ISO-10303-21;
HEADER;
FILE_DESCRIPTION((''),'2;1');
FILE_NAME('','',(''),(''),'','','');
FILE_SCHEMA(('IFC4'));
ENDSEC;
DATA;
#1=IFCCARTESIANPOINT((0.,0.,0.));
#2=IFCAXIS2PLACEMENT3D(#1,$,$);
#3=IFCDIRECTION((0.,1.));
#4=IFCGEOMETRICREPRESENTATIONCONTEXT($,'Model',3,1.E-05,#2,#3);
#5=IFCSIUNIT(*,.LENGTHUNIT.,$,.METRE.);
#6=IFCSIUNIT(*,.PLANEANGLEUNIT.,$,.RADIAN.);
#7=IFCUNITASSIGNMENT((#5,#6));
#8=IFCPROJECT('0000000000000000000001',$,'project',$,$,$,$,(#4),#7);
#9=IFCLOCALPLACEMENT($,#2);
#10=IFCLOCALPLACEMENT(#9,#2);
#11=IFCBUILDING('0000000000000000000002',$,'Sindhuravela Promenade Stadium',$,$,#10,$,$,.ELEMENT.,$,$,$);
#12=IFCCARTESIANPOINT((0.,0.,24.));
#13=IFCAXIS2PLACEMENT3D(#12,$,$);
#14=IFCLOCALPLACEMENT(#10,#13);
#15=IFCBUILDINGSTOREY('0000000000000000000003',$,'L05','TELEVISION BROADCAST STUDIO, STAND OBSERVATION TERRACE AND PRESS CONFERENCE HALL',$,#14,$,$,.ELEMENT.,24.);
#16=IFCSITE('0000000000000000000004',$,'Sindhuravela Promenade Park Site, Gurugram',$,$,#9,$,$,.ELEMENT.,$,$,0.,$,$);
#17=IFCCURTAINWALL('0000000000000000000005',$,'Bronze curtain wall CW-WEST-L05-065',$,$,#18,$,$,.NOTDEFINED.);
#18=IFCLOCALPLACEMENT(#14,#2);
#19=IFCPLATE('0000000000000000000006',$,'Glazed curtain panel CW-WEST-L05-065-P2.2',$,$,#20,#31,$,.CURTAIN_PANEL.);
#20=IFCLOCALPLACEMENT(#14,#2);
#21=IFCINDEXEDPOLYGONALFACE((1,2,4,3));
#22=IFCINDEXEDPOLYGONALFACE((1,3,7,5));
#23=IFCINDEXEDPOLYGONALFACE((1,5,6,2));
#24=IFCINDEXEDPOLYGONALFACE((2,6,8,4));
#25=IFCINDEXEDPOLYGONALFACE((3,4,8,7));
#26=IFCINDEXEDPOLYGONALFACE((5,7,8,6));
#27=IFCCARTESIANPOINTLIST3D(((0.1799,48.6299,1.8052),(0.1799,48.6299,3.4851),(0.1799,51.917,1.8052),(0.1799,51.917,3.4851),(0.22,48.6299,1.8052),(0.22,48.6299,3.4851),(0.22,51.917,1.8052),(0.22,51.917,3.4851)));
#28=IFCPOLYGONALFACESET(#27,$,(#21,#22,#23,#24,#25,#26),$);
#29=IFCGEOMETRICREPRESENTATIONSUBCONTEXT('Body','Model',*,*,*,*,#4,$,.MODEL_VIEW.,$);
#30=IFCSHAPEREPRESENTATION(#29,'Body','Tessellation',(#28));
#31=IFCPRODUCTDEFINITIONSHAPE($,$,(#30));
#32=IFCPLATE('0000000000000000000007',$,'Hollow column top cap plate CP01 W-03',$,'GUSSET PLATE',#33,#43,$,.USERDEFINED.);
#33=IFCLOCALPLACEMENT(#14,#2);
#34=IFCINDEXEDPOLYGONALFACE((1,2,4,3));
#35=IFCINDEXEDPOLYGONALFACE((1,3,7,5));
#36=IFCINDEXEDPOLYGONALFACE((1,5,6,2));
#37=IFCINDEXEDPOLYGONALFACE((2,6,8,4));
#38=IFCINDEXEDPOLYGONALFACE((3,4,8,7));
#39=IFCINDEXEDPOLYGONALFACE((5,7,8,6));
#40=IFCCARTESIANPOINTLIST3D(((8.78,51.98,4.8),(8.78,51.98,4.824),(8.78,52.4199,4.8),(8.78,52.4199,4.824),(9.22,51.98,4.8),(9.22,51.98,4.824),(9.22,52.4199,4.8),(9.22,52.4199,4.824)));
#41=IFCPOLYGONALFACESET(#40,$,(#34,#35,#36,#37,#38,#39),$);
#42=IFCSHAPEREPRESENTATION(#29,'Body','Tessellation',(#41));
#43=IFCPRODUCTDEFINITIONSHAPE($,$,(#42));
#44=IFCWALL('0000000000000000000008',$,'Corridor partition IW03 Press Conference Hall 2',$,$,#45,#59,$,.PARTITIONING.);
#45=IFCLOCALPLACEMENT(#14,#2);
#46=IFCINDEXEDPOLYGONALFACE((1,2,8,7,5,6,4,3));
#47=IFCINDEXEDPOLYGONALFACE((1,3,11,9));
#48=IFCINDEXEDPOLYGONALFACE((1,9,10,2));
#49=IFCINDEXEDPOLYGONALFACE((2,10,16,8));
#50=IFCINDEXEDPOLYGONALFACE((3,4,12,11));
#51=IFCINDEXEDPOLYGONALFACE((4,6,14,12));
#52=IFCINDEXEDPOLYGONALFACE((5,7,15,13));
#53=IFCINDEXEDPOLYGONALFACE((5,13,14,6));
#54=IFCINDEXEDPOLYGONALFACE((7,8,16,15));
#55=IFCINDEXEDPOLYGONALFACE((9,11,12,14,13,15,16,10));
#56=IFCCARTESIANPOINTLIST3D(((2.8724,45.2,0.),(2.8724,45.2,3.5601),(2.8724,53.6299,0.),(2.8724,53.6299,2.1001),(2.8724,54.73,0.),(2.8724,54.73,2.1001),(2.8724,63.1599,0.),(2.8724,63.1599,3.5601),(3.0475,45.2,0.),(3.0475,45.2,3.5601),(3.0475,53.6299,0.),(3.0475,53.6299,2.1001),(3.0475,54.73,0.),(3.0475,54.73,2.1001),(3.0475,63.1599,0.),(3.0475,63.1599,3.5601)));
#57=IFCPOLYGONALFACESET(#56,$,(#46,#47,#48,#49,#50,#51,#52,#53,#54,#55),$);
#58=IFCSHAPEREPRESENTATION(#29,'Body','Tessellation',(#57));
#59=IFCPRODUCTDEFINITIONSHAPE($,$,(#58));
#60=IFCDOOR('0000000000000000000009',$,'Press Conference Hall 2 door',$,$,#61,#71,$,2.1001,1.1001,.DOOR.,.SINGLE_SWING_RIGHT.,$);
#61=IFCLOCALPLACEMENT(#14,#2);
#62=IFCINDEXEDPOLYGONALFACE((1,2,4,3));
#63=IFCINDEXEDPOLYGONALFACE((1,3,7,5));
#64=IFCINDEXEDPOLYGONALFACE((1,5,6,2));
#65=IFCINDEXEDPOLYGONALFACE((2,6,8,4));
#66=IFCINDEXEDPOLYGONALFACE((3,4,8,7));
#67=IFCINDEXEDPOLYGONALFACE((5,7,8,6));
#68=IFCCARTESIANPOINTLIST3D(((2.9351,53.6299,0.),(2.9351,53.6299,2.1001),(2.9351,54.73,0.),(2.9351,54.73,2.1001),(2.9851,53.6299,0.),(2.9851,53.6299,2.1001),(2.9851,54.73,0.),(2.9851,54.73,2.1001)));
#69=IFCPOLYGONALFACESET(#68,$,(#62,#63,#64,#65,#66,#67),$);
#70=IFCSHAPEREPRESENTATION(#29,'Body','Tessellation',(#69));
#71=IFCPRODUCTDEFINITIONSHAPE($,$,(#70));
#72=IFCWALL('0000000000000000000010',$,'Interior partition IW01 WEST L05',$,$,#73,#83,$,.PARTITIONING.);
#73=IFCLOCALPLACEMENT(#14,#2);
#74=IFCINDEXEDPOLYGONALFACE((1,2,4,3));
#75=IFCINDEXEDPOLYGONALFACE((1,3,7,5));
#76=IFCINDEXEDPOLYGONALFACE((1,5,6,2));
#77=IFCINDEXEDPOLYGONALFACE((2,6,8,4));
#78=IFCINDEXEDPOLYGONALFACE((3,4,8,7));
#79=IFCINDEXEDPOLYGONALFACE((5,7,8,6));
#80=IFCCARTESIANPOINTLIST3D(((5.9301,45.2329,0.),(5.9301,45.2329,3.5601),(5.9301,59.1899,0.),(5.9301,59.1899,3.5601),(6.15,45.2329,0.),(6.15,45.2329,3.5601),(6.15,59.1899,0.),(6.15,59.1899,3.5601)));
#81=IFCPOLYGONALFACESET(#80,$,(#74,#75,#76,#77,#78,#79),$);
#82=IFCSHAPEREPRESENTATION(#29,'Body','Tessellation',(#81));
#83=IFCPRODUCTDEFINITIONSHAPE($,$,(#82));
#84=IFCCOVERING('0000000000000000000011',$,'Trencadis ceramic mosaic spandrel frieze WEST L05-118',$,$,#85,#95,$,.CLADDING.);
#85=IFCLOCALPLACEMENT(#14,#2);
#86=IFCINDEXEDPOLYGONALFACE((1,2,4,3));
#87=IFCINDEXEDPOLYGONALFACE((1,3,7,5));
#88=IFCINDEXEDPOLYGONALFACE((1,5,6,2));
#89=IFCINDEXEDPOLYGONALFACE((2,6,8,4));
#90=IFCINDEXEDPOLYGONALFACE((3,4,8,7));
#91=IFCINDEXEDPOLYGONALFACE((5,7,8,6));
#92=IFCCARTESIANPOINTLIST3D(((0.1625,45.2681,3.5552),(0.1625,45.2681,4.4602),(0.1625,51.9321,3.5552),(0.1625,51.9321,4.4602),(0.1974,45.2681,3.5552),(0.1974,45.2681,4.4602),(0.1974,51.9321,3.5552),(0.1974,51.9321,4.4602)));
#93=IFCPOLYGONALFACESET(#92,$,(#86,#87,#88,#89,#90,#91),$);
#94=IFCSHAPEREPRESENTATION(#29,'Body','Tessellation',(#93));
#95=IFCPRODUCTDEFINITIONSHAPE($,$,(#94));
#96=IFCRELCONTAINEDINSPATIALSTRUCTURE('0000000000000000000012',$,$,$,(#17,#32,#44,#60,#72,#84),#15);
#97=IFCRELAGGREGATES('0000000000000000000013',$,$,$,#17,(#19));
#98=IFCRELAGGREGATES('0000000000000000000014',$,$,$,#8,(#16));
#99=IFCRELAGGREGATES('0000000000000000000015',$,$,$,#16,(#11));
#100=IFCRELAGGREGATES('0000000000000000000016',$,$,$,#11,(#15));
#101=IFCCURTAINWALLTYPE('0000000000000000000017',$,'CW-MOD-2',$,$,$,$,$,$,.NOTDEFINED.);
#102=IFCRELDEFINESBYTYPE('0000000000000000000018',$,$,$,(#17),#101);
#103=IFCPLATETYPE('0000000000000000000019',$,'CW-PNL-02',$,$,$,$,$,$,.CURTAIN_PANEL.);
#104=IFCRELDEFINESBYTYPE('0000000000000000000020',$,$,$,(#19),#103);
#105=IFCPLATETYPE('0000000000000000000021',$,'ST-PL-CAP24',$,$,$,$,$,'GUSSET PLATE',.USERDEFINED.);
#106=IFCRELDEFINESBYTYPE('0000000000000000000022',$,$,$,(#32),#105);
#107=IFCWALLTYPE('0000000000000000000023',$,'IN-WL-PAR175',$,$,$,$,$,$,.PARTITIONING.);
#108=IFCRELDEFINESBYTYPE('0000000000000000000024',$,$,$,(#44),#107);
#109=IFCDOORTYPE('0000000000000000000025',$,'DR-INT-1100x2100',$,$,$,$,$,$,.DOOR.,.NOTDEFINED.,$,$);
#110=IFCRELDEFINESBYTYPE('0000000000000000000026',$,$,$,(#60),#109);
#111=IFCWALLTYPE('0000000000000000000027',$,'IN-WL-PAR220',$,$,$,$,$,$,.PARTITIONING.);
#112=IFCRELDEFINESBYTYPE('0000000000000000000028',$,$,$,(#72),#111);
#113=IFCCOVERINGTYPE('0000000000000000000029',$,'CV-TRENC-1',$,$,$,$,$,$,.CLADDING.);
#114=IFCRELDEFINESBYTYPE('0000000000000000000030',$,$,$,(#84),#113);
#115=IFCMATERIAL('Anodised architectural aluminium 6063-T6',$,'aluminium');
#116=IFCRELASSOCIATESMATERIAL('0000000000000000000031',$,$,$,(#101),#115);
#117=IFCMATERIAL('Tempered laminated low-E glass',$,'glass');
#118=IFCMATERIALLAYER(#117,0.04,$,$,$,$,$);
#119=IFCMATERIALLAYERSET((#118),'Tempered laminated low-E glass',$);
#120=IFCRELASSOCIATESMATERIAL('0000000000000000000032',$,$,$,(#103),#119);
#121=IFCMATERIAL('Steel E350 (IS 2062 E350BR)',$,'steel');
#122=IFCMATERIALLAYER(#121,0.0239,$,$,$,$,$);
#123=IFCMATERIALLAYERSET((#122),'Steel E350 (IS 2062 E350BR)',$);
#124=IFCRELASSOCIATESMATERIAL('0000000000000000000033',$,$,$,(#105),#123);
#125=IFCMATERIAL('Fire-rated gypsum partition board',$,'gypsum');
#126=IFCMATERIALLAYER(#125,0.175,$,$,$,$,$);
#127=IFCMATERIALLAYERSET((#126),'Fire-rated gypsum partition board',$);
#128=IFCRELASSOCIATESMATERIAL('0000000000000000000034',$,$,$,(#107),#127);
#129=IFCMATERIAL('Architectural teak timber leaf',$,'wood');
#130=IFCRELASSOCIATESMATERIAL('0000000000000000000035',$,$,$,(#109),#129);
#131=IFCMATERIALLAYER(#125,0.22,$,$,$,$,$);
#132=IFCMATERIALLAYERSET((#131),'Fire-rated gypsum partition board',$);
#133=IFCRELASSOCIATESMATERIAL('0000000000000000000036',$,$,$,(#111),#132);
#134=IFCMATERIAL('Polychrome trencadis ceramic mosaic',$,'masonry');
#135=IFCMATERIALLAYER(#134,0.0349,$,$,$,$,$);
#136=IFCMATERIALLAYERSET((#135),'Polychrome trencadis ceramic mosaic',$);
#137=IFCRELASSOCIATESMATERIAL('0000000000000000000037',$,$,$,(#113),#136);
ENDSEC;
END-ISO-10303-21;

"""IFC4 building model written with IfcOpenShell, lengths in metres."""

from ifc_helpers import new_model, si_unit, direction, frame, frame_2d, origin, origin_2d, place, context, subcontext, project, spatial, rectangle, extrude, material, layer, layer_set, type_object, element, fill, aggregate, save


model = new_model("IFC4")

# Units and contexts
model_context = context("Model", 3, precision=1e-05, world=origin(), true_north=direction((0.0, 1.0)))
body_context = subcontext(model_context, "Body", "Model", "MODEL_VIEW")
ifc_project = project(units=[si_unit("LENGTHUNIT", "METRE"), si_unit("PLANEANGLEUNIT", "RADIAN")], contexts=[model_context])

# Site, building, storey
site_placement = place(None, origin())
site = spatial("IfcSite", under=ifc_project, at=site_placement, Name="Sindhuravela Promenade Park Site, Gurugram", CompositionType="ELEMENT", RefElevation=0.0)
building_placement = place(site_placement, origin())
building = spatial("IfcBuilding", under=site, at=building_placement, Name="Sindhuravela Promenade Stadium", CompositionType="ELEMENT")
storey_placement = place(building_placement, frame((0.0, 0.0, 24.0)))
storey = spatial("IfcBuildingStorey", under=building, at=storey_placement, Name="L05", Description="TELEVISION BROADCAST STUDIO, STAND OBSERVATION TERRACE AND PRESS CONFERENCE HALL", CompositionType="ELEMENT", Elevation=24.0)

# Shared definitions
ifc_material_1 = material(Name="Steel E350 (IS 2062 E350BR)", Category="steel")

# Shared definitions
ifc_material_2 = material(Name="Anodised architectural aluminium 6063-T6", Category="aluminium")

# Curtain wall
curtain_wall_type_1 = type_object("IfcCurtainWallType", Name="CW-MOD-2", PredefinedType="NOTDEFINED", material=ifc_material_2)
curtain_wall_1_placement = place(storey_placement, origin())
curtain_wall_1 = element("IfcCurtainWall", 1, at=curtain_wall_1_placement, inside=storey, type_object=curtain_wall_type_1, Name="Bronze curtain wall CW-WEST-L05-065", PredefinedType="NOTDEFINED")

# Plates
ifc_material_3 = material(Name="Tempered laminated low-E glass", Category="glass")
ifc_layer_1 = layer(ifc_material_3, 0.04)
ifc_layer_set_1 = layer_set([ifc_layer_1], Name="Tempered laminated low-E glass")
plate_type_1 = type_object("IfcPlateType", Name="CW-PNL-02", PredefinedType="CURTAIN_PANEL", material=ifc_layer_set_1)
plate_1_placement = place(storey_placement, frame((0.2, 50.2734, 1.8052), z_axis=(0.0, 0.0, 1.0), x_axis=(0.0, 1.0, 0.0)))
plate_1 = element("IfcPlate", 2, at=plate_1_placement, type_object=plate_type_1, Name="Glazed curtain panel CW-WEST-L05-065-P2.2", PredefinedType="CURTAIN_PANEL", context=body_context, shape_type="SweptSolid", body=[
    extrude(rectangle(XDim=3.2871, YDim=0.04, at=origin_2d()), origin(), (0.0, 0.0, 1.0), 1.6799),
])
aggregate(curtain_wall_1, [plate_1])
ifc_layer_2 = layer(ifc_material_1, 0.0239)
ifc_layer_set_2 = layer_set([ifc_layer_2], Name="Steel E350 (IS 2062 E350BR)")
plate_type_2 = type_object("IfcPlateType", Name="ST-PL-CAP24", ElementType="GUSSET PLATE", PredefinedType="USERDEFINED", material=ifc_layer_set_2)
plate_2_placement = place(storey_placement, frame((9.0, 52.2, 4.8), z_axis=(0.0, 0.0, 1.0), x_axis=(1.0, 0.0, 0.0)))
element("IfcPlate", 3, at=plate_2_placement, inside=storey, type_object=plate_type_2, Name="Hollow column top cap plate CP01 W-03", ObjectType="GUSSET PLATE", PredefinedType="USERDEFINED", context=body_context, shape_type="SweptSolid", body=[
    extrude(rectangle(XDim=0.4399, YDim=0.4399, at=origin_2d()), origin(), (0.0, 0.0, 1.0), 0.0239),
])

# Wall, opening, door
ifc_material_4 = material(Name="Fire-rated gypsum partition board", Category="gypsum")
ifc_layer_3 = layer(ifc_material_4, 0.175)
ifc_layer_set_3 = layer_set([ifc_layer_3], Name="Fire-rated gypsum partition board")
wall_type_1 = type_object("IfcWallType", Name="IN-WL-PAR175", PredefinedType="PARTITIONING", material=ifc_layer_set_3)
wall_1_placement = place(storey_placement, frame((2.96, 45.2, 0.0), z_axis=(0.0, 0.0, 1.0), x_axis=(0.0, 1.0, 0.0)))
wall_1 = element("IfcWall", 4, at=wall_1_placement, inside=storey, type_object=wall_type_1, Name="Corridor partition IW03 Press Conference Hall 2", PredefinedType="PARTITIONING", context=body_context, shape_type="SweptSolid", body=[
    extrude(rectangle(XDim=17.96, YDim=0.175, at=frame_2d((8.98, 0.0))), origin(), (0.0, 0.0, 1.0), 3.5601),
])
opening_placement = place(wall_1_placement, frame((8.4299, 0.0, 0.0)))
opening = element("IfcOpeningElement", 5, at=opening_placement, cuts=wall_1, PredefinedType="OPENING", context=body_context, shape_type="SweptSolid", body=[
    extrude(rectangle(XDim=1.1001, YDim=2.1001, at=frame_2d((0.55, 1.05))), frame((0.0, 0.0974, 0.0), z_axis=(0.0, -1.0, 0.0), x_axis=(1.0, 0.0, 0.0)), (0.0, 0.0, 1.0), 0.1951),
])
ifc_material_5 = material(Name="Architectural teak timber leaf", Category="wood")
door_type = type_object("IfcDoorType", Name="DR-INT-1100x2100", OperationType="NOTDEFINED", PredefinedType="DOOR", material=ifc_material_5)
door_placement = place(opening_placement, origin())
door = element("IfcDoor", 6, at=door_placement, inside=storey, type_object=door_type, Name="Press Conference Hall 2 door", OperationType="SINGLE_SWING_RIGHT", OverallHeight=2.1001, OverallWidth=1.1001, PredefinedType="DOOR", context=body_context, shape_type="SweptSolid", body=[
    extrude(rectangle(XDim=1.1001, YDim=2.1001, at=frame_2d((0.55, 1.05))), frame((0.0, 0.0249, 0.0), z_axis=(0.0, -1.0, 0.0), x_axis=(1.0, 0.0, 0.0)), (0.0, 0.0, 1.0), 0.05),
])
fill(opening, door)

# Wall
ifc_layer_4 = layer(ifc_material_4, 0.22)
ifc_layer_set_4 = layer_set([ifc_layer_4], Name="Fire-rated gypsum partition board")
wall_type_2 = type_object("IfcWallType", Name="IN-WL-PAR220", PredefinedType="PARTITIONING", material=ifc_layer_set_4)
wall_2_placement = place(storey_placement, frame((6.04, 45.2329, 0.0), z_axis=(0.0, 0.0, 1.0), x_axis=(0.0, 1.0, 0.0)))
element("IfcWall", 7, at=wall_2_placement, inside=storey, type_object=wall_type_2, Name="Interior partition IW01 WEST L05", PredefinedType="PARTITIONING", context=body_context, shape_type="SweptSolid", body=[
    extrude(rectangle(XDim=13.957, YDim=0.22, at=frame_2d((6.9785, 0.0))), origin(), (0.0, 0.0, 1.0), 3.5601),
])

# Covering
ifc_material_6 = material(Name="Polychrome trencadis ceramic mosaic", Category="masonry")
ifc_layer_5 = layer(ifc_material_6, 0.0349)
ifc_layer_set_5 = layer_set([ifc_layer_5], Name="Polychrome trencadis ceramic mosaic")
covering_type = type_object("IfcCoveringType", Name="CV-TRENC-1", PredefinedType="CLADDING", material=ifc_layer_set_5)
covering_placement = place(storey_placement, frame((0.1799, 48.6001, 3.5552), z_axis=(0.0, 0.0, 1.0), x_axis=(0.0, 1.0, 0.0)))
element("IfcCovering", 8, at=covering_placement, inside=storey, type_object=covering_type, Name="Trencadis ceramic mosaic spandrel frieze WEST L05-118", PredefinedType="CLADDING", context=body_context, shape_type="SweptSolid", body=[
    extrude(rectangle(XDim=6.6641, YDim=0.0349, at=origin_2d()), origin(), (0.0, 0.0, 1.0), 0.905),
])

save(model, "model.ifc")
